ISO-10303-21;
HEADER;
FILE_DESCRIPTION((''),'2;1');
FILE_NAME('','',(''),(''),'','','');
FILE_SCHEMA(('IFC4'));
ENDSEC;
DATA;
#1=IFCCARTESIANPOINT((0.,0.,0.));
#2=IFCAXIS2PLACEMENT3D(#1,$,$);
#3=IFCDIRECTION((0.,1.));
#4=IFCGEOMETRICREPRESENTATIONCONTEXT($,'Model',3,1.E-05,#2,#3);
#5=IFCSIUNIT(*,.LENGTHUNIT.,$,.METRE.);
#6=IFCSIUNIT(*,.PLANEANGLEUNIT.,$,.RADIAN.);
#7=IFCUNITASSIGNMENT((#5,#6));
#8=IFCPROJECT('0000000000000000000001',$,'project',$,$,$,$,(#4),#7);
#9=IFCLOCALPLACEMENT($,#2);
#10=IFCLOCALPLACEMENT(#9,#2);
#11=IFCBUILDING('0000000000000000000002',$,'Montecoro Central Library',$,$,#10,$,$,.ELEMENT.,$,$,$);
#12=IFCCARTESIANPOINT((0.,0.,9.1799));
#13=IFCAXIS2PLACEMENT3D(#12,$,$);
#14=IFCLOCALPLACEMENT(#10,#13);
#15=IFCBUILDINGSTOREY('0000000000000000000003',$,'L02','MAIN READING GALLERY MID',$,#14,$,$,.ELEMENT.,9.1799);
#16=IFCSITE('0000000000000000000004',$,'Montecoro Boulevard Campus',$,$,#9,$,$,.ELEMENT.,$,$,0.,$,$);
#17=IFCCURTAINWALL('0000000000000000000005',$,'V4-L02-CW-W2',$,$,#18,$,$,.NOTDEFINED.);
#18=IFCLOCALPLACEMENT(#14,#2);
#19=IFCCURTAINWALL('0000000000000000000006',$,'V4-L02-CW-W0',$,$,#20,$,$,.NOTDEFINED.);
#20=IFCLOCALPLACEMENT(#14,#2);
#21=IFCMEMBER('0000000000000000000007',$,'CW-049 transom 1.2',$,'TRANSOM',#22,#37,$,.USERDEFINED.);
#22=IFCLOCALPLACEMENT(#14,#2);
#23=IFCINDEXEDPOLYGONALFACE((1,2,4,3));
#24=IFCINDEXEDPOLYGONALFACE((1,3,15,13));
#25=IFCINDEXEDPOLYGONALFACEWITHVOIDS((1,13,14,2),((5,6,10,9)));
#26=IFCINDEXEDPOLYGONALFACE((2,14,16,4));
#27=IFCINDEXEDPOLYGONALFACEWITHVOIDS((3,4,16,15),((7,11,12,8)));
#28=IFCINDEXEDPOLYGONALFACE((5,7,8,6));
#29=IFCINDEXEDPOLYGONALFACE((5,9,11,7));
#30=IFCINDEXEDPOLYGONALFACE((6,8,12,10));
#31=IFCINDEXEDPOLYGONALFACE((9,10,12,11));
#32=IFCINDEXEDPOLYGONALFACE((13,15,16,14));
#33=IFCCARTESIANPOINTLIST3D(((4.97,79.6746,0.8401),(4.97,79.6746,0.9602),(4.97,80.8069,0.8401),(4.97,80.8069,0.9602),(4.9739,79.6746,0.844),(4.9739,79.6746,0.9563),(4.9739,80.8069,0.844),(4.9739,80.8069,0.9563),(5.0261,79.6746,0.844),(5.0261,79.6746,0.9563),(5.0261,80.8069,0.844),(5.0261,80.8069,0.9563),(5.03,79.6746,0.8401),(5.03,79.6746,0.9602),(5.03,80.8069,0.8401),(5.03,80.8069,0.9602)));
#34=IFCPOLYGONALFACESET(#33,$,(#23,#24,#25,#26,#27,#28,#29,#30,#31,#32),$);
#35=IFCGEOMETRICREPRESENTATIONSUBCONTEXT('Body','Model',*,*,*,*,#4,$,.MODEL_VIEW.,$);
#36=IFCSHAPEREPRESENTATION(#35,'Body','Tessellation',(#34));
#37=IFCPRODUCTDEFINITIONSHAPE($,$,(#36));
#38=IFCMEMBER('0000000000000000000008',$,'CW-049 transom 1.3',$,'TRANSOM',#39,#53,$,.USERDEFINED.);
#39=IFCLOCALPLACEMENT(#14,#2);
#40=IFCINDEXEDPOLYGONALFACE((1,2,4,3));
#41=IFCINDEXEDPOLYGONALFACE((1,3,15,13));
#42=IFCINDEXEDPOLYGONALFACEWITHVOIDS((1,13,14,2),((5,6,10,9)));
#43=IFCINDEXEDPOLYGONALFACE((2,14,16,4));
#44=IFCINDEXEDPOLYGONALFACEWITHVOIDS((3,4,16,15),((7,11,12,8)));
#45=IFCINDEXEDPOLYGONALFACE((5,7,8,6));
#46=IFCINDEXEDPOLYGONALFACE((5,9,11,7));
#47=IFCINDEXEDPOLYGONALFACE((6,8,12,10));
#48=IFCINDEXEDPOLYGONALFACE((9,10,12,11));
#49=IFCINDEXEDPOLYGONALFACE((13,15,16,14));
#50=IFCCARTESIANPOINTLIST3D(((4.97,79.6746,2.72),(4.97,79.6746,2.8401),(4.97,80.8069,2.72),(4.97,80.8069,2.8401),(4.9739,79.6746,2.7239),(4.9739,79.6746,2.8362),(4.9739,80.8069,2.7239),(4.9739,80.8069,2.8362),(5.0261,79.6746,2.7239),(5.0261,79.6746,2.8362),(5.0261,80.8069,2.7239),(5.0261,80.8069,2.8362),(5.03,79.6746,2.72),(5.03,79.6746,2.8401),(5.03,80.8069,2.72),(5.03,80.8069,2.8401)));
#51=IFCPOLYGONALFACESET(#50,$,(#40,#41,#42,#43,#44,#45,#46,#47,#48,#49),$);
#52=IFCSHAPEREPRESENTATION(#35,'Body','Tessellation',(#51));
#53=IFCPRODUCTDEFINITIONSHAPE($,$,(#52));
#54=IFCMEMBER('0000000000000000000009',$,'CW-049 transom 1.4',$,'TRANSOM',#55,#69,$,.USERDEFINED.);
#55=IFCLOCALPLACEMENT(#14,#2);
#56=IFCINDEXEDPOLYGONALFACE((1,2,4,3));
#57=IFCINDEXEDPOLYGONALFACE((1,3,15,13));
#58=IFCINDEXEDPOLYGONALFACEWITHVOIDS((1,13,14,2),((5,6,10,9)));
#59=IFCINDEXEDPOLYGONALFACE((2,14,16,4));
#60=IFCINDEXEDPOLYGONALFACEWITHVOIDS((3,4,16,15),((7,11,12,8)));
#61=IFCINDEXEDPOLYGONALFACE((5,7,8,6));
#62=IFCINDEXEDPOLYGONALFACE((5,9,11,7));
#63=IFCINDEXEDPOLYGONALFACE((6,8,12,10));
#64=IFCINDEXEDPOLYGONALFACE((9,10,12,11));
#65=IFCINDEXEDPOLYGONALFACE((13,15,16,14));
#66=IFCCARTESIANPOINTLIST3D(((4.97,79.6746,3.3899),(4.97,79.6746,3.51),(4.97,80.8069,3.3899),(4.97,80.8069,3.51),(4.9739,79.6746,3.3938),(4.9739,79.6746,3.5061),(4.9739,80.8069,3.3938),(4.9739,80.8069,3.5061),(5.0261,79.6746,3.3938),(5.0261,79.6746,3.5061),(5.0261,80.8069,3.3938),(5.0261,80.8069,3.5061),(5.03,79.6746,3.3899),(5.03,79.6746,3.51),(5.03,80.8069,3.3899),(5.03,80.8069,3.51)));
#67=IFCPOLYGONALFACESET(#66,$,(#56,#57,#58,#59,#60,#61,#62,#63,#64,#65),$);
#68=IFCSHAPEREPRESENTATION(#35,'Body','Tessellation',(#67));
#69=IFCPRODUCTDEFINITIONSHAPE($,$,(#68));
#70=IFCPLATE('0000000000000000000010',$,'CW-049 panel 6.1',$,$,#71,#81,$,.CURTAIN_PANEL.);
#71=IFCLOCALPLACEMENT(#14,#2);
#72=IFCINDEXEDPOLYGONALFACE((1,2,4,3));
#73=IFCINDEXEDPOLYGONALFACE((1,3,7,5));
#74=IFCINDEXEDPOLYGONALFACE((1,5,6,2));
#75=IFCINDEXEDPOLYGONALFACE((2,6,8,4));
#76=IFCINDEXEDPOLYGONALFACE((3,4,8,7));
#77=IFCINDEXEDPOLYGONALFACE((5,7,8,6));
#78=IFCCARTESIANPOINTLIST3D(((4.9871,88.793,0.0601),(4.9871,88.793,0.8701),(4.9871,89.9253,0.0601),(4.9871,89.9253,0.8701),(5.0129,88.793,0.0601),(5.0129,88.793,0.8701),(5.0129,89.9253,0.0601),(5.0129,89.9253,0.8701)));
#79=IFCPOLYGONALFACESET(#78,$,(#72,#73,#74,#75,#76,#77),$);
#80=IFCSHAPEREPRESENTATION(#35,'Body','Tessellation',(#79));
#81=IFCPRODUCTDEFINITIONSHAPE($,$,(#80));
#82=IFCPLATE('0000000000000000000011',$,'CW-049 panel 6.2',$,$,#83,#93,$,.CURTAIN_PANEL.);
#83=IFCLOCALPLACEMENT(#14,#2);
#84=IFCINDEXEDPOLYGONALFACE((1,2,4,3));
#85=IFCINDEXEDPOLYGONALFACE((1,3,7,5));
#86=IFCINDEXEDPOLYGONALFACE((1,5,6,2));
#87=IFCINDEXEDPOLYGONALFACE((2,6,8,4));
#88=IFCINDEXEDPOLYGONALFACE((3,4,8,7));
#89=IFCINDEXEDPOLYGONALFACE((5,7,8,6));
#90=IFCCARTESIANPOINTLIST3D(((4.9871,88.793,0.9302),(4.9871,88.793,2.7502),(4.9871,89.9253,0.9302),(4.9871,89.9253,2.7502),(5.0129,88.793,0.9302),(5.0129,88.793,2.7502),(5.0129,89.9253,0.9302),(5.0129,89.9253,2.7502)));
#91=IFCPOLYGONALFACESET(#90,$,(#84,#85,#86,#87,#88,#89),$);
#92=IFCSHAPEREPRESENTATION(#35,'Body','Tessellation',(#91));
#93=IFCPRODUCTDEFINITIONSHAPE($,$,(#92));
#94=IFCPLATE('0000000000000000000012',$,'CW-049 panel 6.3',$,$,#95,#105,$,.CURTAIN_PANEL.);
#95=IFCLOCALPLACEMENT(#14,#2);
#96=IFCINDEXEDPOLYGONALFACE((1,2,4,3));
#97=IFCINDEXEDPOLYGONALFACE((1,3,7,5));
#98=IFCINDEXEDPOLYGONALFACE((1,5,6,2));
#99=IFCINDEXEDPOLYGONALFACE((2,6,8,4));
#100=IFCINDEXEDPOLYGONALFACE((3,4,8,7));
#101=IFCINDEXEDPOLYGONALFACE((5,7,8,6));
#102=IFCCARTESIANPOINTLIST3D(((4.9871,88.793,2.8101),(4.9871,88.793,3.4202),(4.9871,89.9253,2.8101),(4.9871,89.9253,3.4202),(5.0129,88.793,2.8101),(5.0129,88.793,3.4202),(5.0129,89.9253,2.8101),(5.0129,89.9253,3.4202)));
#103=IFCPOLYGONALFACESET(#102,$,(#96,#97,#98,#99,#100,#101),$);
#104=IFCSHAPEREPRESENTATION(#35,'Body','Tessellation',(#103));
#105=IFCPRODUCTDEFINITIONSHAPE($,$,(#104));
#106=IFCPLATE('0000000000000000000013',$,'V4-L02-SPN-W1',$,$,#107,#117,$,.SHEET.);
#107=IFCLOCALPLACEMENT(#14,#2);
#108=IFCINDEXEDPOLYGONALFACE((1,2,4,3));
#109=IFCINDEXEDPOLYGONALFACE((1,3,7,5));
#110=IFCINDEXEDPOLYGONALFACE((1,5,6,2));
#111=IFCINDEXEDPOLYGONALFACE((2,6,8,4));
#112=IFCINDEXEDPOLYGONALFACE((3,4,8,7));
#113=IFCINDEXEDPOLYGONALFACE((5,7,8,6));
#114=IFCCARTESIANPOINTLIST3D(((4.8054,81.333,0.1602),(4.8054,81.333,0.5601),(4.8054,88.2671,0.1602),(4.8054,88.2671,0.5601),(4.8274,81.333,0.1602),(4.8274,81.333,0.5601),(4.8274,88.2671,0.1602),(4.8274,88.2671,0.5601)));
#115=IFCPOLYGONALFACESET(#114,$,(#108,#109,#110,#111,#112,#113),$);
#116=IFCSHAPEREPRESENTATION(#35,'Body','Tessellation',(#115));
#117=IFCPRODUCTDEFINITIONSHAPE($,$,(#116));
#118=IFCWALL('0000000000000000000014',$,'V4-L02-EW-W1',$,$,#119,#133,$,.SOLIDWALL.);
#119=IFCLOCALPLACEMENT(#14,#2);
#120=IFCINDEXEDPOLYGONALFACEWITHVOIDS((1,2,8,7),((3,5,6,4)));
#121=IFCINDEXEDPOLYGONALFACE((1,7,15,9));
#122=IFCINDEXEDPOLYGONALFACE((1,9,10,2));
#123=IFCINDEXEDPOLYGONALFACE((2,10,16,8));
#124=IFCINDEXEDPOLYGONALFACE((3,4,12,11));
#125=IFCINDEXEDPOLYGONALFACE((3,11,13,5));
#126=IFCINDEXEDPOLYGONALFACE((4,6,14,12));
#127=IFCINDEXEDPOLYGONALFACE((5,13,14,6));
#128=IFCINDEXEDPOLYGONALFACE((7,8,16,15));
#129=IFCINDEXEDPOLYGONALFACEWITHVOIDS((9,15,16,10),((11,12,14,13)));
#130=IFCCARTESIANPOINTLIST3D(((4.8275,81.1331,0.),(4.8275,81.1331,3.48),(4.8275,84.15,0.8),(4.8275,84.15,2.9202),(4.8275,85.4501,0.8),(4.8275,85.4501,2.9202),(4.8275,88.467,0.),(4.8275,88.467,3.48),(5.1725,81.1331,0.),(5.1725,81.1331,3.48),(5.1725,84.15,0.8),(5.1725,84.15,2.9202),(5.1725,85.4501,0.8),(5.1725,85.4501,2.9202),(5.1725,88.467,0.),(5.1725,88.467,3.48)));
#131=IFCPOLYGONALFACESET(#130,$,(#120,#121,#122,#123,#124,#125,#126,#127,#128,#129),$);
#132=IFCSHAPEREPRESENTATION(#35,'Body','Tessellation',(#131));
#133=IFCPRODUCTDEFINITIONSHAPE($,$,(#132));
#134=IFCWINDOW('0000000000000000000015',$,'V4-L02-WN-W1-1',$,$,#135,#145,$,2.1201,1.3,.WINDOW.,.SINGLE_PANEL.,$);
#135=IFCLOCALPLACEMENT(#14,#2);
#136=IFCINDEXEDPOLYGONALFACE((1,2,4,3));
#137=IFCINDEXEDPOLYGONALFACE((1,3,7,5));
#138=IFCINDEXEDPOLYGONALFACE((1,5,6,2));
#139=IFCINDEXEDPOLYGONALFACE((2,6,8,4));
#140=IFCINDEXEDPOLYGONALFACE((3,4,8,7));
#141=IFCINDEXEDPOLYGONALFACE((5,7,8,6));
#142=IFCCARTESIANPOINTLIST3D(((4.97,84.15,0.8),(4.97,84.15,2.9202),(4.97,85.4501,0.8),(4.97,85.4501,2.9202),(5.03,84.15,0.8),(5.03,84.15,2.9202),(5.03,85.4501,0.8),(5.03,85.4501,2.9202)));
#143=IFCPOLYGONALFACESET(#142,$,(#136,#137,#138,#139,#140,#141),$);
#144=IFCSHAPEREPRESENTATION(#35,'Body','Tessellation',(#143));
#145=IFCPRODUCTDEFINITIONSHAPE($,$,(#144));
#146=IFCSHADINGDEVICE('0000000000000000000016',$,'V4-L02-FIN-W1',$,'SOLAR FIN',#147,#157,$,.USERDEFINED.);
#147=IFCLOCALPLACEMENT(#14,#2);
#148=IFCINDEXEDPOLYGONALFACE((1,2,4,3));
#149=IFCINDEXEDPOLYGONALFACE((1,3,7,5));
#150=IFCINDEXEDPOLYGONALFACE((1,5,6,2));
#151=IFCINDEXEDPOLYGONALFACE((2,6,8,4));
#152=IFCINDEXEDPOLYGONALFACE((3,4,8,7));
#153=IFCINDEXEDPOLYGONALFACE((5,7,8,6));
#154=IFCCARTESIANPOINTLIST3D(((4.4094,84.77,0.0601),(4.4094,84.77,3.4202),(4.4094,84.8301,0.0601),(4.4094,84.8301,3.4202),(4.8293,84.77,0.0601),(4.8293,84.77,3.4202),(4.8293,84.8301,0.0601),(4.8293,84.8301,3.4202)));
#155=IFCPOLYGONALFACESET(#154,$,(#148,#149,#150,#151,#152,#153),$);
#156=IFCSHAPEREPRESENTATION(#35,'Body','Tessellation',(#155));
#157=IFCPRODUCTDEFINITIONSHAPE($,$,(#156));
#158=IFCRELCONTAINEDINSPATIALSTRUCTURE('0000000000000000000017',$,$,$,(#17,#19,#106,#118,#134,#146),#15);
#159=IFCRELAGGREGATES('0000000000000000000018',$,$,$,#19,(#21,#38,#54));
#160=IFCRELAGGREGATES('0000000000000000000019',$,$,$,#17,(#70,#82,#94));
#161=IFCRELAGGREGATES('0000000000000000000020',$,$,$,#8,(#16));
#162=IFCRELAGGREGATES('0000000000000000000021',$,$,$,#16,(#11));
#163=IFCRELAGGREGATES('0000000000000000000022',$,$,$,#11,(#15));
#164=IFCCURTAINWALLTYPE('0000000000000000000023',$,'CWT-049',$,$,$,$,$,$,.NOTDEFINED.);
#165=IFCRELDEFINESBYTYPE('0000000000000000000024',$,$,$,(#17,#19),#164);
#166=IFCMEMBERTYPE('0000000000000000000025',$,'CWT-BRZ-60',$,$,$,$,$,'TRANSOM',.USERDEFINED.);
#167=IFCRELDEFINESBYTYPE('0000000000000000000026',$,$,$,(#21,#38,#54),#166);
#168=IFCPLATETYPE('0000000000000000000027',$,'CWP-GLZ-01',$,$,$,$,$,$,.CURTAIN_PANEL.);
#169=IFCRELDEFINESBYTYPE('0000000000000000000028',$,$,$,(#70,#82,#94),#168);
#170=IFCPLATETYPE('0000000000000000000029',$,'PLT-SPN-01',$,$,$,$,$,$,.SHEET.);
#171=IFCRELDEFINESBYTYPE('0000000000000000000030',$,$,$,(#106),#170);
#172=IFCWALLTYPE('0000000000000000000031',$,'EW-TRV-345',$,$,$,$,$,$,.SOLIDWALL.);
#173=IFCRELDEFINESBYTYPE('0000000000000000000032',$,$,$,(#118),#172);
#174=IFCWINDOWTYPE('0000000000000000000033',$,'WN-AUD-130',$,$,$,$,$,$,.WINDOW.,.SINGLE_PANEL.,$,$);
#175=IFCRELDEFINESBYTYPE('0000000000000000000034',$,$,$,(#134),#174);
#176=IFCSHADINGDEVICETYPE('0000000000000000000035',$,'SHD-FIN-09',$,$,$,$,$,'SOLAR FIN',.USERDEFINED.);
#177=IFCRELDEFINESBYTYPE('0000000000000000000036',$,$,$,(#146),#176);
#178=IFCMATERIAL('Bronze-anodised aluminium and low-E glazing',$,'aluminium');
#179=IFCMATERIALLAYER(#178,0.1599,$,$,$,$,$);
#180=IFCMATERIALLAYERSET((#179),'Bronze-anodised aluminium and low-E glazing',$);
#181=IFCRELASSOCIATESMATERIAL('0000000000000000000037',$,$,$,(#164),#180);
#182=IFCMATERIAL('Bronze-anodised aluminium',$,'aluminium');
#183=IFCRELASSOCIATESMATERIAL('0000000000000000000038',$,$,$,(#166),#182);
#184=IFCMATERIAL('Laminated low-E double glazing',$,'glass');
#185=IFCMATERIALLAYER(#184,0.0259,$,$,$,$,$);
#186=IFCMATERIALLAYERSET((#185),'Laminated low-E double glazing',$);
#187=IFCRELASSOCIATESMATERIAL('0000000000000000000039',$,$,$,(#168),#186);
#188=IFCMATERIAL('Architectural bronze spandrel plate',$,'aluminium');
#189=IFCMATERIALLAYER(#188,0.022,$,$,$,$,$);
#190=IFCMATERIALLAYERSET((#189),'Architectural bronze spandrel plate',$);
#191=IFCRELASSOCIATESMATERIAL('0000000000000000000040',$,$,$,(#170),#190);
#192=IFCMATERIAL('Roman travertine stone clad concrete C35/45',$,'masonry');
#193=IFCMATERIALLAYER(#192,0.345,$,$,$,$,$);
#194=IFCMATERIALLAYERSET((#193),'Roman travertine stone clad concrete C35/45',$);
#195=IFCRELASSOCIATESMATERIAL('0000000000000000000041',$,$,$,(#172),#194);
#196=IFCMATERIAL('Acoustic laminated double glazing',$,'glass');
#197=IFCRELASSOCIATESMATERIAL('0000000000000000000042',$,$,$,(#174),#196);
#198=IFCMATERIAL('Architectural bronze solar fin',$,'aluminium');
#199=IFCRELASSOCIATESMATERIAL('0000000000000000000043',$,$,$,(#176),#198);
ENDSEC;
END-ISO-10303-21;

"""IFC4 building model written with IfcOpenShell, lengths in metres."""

from ifc_helpers import new_model, si_unit, direction, frame, frame_2d, origin, origin_2d, place, context, subcontext, project, spatial, rectangle, hollow_rectangle, extrude, material, layer, layer_set, material_profile, profile_set, type_object, element, fill, aggregate, save


model = new_model("IFC4")

# Units and contexts
model_context = context("Model", 3, precision=1e-05, world=origin(), true_north=direction((0.0, 1.0)))
body_context = subcontext(model_context, "Body", "Model", "MODEL_VIEW")
ifc_project = project(units=[si_unit("LENGTHUNIT", "METRE"), si_unit("PLANEANGLEUNIT", "RADIAN")], contexts=[model_context])

# Site, building, storey
site_placement = place(None, origin())
site = spatial("IfcSite", under=ifc_project, at=site_placement, Name="Montecoro Boulevard Campus", CompositionType="ELEMENT", RefElevation=0.0)
building_placement = place(site_placement, origin())
building = spatial("IfcBuilding", under=site, at=building_placement, Name="Montecoro Central Library", CompositionType="ELEMENT")
storey_placement = place(building_placement, frame((0.0, 0.0, 9.1799)))
storey = spatial("IfcBuildingStorey", under=building, at=storey_placement, Name="L02", Description="MAIN READING GALLERY MID", CompositionType="ELEMENT", Elevation=9.1799)

# Curtain walls
ifc_material_1 = material(Name="Bronze-anodised aluminium and low-E glazing", Category="aluminium")
ifc_layer_1 = layer(ifc_material_1, 0.1599)
ifc_layer_set_1 = layer_set([ifc_layer_1], Name="Bronze-anodised aluminium and low-E glazing")
curtain_wall_type = type_object("IfcCurtainWallType", Name="CWT-049", PredefinedType="NOTDEFINED", material=ifc_layer_set_1)
curtain_wall_1_placement = place(storey_placement, origin())
curtain_wall_1 = element("IfcCurtainWall", 1, at=curtain_wall_1_placement, inside=storey, type_object=curtain_wall_type, Name="V4-L02-CW-W2", PredefinedType="NOTDEFINED")
ifc_material_2 = material(Name="Bronze-anodised aluminium", Category="aluminium")
curtain_wall_2_placement = place(storey_placement, origin())
curtain_wall_2 = element("IfcCurtainWall", 2, at=curtain_wall_2_placement, inside=storey, type_object=curtain_wall_type, Name="V4-L02-CW-W0", PredefinedType="NOTDEFINED")

# Members
ifc_material_profile_1 = material_profile(ifc_material_2, hollow_rectangle(XDim=0.0601, YDim=0.1201, WallThickness=0.0039, at=origin_2d()), Name="CWT 120x60x4.0")
ifc_profile_set_1 = profile_set([ifc_material_profile_1], Name="Bronze-anodised aluminium")
member_type_1 = type_object("IfcMemberType", Name="CWT-BRZ-60", ElementType="TRANSOM", PredefinedType="USERDEFINED", material=ifc_profile_set_1)
member_1_placement = place(storey_placement, frame((5.0, 80.8069, 0.9001), z_axis=(0.0, -1.0, 0.0), x_axis=(1.0, 0.0, 0.0)))
member_1 = element("IfcMember", 3, at=member_1_placement, type_object=member_type_1, Name="CW-049 transom 1.2", ObjectType="TRANSOM", PredefinedType="USERDEFINED", context=body_context, shape_type="SweptSolid", body=[
    extrude(hollow_rectangle(XDim=0.0601, YDim=0.1201, WallThickness=0.0039, at=origin_2d()), origin(), (0.0, 0.0, 1.0), 1.1323),
])
member_2_placement = place(storey_placement, frame((5.0, 80.8069, 2.78), z_axis=(0.0, -1.0, 0.0), x_axis=(1.0, 0.0, 0.0)))
member_2 = element("IfcMember", 4, at=member_2_placement, type_object=member_type_1, Name="CW-049 transom 1.3", ObjectType="TRANSOM", PredefinedType="USERDEFINED", context=body_context, shape_type="SweptSolid", body=[
    extrude(hollow_rectangle(XDim=0.0601, YDim=0.1201, WallThickness=0.0039, at=origin_2d()), origin(), (0.0, 0.0, 1.0), 1.1323),
])
member_3_placement = place(storey_placement, frame((5.0, 80.8069, 3.45), z_axis=(0.0, -1.0, 0.0), x_axis=(1.0, 0.0, 0.0)))
member_3 = element("IfcMember", 5, at=member_3_placement, type_object=member_type_1, Name="CW-049 transom 1.4", ObjectType="TRANSOM", PredefinedType="USERDEFINED", context=body_context, shape_type="SweptSolid", body=[
    extrude(hollow_rectangle(XDim=0.0601, YDim=0.1201, WallThickness=0.0039, at=origin_2d()), origin(), (0.0, 0.0, 1.0), 1.1323),
])
aggregate(curtain_wall_2, [member_1, member_2, member_3])

# Plates
ifc_material_3 = material(Name="Laminated low-E double glazing", Category="glass")
ifc_layer_2 = layer(ifc_material_3, 0.0259)
ifc_layer_set_2 = layer_set([ifc_layer_2], Name="Laminated low-E double glazing")
plate_type_1 = type_object("IfcPlateType", Name="CWP-GLZ-01", PredefinedType="CURTAIN_PANEL", material=ifc_layer_set_2)
plate_1_placement = place(storey_placement, frame((5.0, 89.3591, 0.0601), z_axis=(0.0, 0.0, 1.0), x_axis=(0.0, -1.0, 0.0)))
plate_1 = element("IfcPlate", 6, at=plate_1_placement, type_object=plate_type_1, Name="CW-049 panel 6.1", PredefinedType="CURTAIN_PANEL", context=body_context, shape_type="SweptSolid", body=[
    extrude(rectangle(XDim=1.1323, YDim=0.0259, at=origin_2d()), origin(), (0.0, 0.0, 1.0), 0.8101),
])
plate_2_placement = place(storey_placement, frame((5.0, 89.3591, 0.9302), z_axis=(0.0, 0.0, 1.0), x_axis=(0.0, -1.0, 0.0)))
plate_2 = element("IfcPlate", 7, at=plate_2_placement, type_object=plate_type_1, Name="CW-049 panel 6.2", PredefinedType="CURTAIN_PANEL", context=body_context, shape_type="SweptSolid", body=[
    extrude(rectangle(XDim=1.1323, YDim=0.0259, at=origin_2d()), origin(), (0.0, 0.0, 1.0), 1.8201),
])
plate_3_placement = place(storey_placement, frame((5.0, 89.3591, 2.8101), z_axis=(0.0, 0.0, 1.0), x_axis=(0.0, -1.0, 0.0)))
plate_3 = element("IfcPlate", 8, at=plate_3_placement, type_object=plate_type_1, Name="CW-049 panel 6.3", PredefinedType="CURTAIN_PANEL", context=body_context, shape_type="SweptSolid", body=[
    extrude(rectangle(XDim=1.1323, YDim=0.0259, at=origin_2d()), origin(), (0.0, 0.0, 1.0), 0.6101),
])
aggregate(curtain_wall_1, [plate_1, plate_2, plate_3])
ifc_material_4 = material(Name="Architectural bronze spandrel plate", Category="aluminium")
ifc_layer_3 = layer(ifc_material_4, 0.022)
ifc_layer_set_3 = layer_set([ifc_layer_3], Name="Architectural bronze spandrel plate")
plate_type_2 = type_object("IfcPlateType", Name="PLT-SPN-01", PredefinedType="SHEET", material=ifc_layer_set_3)
plate_4_placement = place(storey_placement, frame((4.8164, 84.8, 0.1602), z_axis=(0.0, 0.0, 1.0), x_axis=(0.0, -1.0, 0.0)))
element("IfcPlate", 9, at=plate_4_placement, inside=storey, type_object=plate_type_2, Name="V4-L02-SPN-W1", PredefinedType="SHEET", context=body_context, shape_type="SweptSolid", body=[
    extrude(rectangle(XDim=6.9341, YDim=0.022, at=origin_2d()), origin(), (0.0, 0.0, 1.0), 0.3999),
])

# Wall, opening, window
ifc_material_5 = material(Name="Roman travertine stone clad concrete C35/45", Category="masonry")
ifc_layer_4 = layer(ifc_material_5, 0.345)
ifc_layer_set_4 = layer_set([ifc_layer_4], Name="Roman travertine stone clad concrete C35/45")
wall_type = type_object("IfcWallType", Name="EW-TRV-345", PredefinedType="SOLIDWALL", material=ifc_layer_set_4)
wall_placement = place(storey_placement, frame((5.0, 88.467, 0.0), z_axis=(0.0, 0.0, 1.0), x_axis=(0.0, -1.0, 0.0)))
wall = element("IfcWall", 10, at=wall_placement, inside=storey, type_object=wall_type, Name="V4-L02-EW-W1", PredefinedType="SOLIDWALL", context=body_context, shape_type="SweptSolid", body=[
    extrude(rectangle(XDim=7.334, YDim=0.345, at=frame_2d((3.667, 0.0))), origin(), (0.0, 0.0, 1.0), 3.48),
])
opening_placement = place(wall_placement, frame((3.0171, 0.0, 0.8)))
opening = element("IfcOpeningElement", 11, at=opening_placement, cuts=wall, PredefinedType="OPENING", context=body_context, shape_type="SweptSolid", body=[
    extrude(rectangle(XDim=1.3, YDim=2.1201, at=frame_2d((0.6499, 1.0601))), frame((0.0, 0.1824, 0.0), z_axis=(0.0, -1.0, 0.0), x_axis=(1.0, 0.0, 0.0)), (0.0, 0.0, 1.0), 0.365),
])
ifc_material_6 = material(Name="Acoustic laminated double glazing", Category="glass")
window_type = type_object("IfcWindowType", Name="WN-AUD-130", PartitioningType="SINGLE_PANEL", PredefinedType="WINDOW", material=ifc_material_6)
window_placement = place(opening_placement, origin())
window = element("IfcWindow", 12, at=window_placement, inside=storey, type_object=window_type, Name="V4-L02-WN-W1-1", OverallHeight=2.1201, OverallWidth=1.3, PartitioningType="SINGLE_PANEL", PredefinedType="WINDOW", context=body_context, shape_type="SweptSolid", body=[
    extrude(rectangle(XDim=1.3, YDim=2.1201, at=frame_2d((0.6499, 1.0601))), frame((0.0, 0.03, 0.0), z_axis=(0.0, -1.0, 0.0), x_axis=(1.0, 0.0, 0.0)), (0.0, 0.0, 1.0), 0.0601),
])
fill(opening, window)

# Shading device
ifc_material_7 = material(Name="Architectural bronze solar fin", Category="aluminium")
shading_device_type = type_object("IfcShadingDeviceType", Name="SHD-FIN-09", ElementType="SOLAR FIN", PredefinedType="USERDEFINED", material=ifc_material_7)
shading_device_placement = place(storey_placement, frame((4.6194, 84.8, 0.0601), z_axis=(0.0, 0.0, 1.0), x_axis=(0.0, -1.0, 0.0)))
element("IfcShadingDevice", 13, at=shading_device_placement, inside=storey, type_object=shading_device_type, Name="V4-L02-FIN-W1", ObjectType="SOLAR FIN", PredefinedType="USERDEFINED", context=body_context, shape_type="SweptSolid", body=[
    extrude(rectangle(XDim=0.0601, YDim=0.4199, at=origin_2d()), origin(), (0.0, 0.0, 1.0), 3.3601),
])

save(model, "model.ifc")
